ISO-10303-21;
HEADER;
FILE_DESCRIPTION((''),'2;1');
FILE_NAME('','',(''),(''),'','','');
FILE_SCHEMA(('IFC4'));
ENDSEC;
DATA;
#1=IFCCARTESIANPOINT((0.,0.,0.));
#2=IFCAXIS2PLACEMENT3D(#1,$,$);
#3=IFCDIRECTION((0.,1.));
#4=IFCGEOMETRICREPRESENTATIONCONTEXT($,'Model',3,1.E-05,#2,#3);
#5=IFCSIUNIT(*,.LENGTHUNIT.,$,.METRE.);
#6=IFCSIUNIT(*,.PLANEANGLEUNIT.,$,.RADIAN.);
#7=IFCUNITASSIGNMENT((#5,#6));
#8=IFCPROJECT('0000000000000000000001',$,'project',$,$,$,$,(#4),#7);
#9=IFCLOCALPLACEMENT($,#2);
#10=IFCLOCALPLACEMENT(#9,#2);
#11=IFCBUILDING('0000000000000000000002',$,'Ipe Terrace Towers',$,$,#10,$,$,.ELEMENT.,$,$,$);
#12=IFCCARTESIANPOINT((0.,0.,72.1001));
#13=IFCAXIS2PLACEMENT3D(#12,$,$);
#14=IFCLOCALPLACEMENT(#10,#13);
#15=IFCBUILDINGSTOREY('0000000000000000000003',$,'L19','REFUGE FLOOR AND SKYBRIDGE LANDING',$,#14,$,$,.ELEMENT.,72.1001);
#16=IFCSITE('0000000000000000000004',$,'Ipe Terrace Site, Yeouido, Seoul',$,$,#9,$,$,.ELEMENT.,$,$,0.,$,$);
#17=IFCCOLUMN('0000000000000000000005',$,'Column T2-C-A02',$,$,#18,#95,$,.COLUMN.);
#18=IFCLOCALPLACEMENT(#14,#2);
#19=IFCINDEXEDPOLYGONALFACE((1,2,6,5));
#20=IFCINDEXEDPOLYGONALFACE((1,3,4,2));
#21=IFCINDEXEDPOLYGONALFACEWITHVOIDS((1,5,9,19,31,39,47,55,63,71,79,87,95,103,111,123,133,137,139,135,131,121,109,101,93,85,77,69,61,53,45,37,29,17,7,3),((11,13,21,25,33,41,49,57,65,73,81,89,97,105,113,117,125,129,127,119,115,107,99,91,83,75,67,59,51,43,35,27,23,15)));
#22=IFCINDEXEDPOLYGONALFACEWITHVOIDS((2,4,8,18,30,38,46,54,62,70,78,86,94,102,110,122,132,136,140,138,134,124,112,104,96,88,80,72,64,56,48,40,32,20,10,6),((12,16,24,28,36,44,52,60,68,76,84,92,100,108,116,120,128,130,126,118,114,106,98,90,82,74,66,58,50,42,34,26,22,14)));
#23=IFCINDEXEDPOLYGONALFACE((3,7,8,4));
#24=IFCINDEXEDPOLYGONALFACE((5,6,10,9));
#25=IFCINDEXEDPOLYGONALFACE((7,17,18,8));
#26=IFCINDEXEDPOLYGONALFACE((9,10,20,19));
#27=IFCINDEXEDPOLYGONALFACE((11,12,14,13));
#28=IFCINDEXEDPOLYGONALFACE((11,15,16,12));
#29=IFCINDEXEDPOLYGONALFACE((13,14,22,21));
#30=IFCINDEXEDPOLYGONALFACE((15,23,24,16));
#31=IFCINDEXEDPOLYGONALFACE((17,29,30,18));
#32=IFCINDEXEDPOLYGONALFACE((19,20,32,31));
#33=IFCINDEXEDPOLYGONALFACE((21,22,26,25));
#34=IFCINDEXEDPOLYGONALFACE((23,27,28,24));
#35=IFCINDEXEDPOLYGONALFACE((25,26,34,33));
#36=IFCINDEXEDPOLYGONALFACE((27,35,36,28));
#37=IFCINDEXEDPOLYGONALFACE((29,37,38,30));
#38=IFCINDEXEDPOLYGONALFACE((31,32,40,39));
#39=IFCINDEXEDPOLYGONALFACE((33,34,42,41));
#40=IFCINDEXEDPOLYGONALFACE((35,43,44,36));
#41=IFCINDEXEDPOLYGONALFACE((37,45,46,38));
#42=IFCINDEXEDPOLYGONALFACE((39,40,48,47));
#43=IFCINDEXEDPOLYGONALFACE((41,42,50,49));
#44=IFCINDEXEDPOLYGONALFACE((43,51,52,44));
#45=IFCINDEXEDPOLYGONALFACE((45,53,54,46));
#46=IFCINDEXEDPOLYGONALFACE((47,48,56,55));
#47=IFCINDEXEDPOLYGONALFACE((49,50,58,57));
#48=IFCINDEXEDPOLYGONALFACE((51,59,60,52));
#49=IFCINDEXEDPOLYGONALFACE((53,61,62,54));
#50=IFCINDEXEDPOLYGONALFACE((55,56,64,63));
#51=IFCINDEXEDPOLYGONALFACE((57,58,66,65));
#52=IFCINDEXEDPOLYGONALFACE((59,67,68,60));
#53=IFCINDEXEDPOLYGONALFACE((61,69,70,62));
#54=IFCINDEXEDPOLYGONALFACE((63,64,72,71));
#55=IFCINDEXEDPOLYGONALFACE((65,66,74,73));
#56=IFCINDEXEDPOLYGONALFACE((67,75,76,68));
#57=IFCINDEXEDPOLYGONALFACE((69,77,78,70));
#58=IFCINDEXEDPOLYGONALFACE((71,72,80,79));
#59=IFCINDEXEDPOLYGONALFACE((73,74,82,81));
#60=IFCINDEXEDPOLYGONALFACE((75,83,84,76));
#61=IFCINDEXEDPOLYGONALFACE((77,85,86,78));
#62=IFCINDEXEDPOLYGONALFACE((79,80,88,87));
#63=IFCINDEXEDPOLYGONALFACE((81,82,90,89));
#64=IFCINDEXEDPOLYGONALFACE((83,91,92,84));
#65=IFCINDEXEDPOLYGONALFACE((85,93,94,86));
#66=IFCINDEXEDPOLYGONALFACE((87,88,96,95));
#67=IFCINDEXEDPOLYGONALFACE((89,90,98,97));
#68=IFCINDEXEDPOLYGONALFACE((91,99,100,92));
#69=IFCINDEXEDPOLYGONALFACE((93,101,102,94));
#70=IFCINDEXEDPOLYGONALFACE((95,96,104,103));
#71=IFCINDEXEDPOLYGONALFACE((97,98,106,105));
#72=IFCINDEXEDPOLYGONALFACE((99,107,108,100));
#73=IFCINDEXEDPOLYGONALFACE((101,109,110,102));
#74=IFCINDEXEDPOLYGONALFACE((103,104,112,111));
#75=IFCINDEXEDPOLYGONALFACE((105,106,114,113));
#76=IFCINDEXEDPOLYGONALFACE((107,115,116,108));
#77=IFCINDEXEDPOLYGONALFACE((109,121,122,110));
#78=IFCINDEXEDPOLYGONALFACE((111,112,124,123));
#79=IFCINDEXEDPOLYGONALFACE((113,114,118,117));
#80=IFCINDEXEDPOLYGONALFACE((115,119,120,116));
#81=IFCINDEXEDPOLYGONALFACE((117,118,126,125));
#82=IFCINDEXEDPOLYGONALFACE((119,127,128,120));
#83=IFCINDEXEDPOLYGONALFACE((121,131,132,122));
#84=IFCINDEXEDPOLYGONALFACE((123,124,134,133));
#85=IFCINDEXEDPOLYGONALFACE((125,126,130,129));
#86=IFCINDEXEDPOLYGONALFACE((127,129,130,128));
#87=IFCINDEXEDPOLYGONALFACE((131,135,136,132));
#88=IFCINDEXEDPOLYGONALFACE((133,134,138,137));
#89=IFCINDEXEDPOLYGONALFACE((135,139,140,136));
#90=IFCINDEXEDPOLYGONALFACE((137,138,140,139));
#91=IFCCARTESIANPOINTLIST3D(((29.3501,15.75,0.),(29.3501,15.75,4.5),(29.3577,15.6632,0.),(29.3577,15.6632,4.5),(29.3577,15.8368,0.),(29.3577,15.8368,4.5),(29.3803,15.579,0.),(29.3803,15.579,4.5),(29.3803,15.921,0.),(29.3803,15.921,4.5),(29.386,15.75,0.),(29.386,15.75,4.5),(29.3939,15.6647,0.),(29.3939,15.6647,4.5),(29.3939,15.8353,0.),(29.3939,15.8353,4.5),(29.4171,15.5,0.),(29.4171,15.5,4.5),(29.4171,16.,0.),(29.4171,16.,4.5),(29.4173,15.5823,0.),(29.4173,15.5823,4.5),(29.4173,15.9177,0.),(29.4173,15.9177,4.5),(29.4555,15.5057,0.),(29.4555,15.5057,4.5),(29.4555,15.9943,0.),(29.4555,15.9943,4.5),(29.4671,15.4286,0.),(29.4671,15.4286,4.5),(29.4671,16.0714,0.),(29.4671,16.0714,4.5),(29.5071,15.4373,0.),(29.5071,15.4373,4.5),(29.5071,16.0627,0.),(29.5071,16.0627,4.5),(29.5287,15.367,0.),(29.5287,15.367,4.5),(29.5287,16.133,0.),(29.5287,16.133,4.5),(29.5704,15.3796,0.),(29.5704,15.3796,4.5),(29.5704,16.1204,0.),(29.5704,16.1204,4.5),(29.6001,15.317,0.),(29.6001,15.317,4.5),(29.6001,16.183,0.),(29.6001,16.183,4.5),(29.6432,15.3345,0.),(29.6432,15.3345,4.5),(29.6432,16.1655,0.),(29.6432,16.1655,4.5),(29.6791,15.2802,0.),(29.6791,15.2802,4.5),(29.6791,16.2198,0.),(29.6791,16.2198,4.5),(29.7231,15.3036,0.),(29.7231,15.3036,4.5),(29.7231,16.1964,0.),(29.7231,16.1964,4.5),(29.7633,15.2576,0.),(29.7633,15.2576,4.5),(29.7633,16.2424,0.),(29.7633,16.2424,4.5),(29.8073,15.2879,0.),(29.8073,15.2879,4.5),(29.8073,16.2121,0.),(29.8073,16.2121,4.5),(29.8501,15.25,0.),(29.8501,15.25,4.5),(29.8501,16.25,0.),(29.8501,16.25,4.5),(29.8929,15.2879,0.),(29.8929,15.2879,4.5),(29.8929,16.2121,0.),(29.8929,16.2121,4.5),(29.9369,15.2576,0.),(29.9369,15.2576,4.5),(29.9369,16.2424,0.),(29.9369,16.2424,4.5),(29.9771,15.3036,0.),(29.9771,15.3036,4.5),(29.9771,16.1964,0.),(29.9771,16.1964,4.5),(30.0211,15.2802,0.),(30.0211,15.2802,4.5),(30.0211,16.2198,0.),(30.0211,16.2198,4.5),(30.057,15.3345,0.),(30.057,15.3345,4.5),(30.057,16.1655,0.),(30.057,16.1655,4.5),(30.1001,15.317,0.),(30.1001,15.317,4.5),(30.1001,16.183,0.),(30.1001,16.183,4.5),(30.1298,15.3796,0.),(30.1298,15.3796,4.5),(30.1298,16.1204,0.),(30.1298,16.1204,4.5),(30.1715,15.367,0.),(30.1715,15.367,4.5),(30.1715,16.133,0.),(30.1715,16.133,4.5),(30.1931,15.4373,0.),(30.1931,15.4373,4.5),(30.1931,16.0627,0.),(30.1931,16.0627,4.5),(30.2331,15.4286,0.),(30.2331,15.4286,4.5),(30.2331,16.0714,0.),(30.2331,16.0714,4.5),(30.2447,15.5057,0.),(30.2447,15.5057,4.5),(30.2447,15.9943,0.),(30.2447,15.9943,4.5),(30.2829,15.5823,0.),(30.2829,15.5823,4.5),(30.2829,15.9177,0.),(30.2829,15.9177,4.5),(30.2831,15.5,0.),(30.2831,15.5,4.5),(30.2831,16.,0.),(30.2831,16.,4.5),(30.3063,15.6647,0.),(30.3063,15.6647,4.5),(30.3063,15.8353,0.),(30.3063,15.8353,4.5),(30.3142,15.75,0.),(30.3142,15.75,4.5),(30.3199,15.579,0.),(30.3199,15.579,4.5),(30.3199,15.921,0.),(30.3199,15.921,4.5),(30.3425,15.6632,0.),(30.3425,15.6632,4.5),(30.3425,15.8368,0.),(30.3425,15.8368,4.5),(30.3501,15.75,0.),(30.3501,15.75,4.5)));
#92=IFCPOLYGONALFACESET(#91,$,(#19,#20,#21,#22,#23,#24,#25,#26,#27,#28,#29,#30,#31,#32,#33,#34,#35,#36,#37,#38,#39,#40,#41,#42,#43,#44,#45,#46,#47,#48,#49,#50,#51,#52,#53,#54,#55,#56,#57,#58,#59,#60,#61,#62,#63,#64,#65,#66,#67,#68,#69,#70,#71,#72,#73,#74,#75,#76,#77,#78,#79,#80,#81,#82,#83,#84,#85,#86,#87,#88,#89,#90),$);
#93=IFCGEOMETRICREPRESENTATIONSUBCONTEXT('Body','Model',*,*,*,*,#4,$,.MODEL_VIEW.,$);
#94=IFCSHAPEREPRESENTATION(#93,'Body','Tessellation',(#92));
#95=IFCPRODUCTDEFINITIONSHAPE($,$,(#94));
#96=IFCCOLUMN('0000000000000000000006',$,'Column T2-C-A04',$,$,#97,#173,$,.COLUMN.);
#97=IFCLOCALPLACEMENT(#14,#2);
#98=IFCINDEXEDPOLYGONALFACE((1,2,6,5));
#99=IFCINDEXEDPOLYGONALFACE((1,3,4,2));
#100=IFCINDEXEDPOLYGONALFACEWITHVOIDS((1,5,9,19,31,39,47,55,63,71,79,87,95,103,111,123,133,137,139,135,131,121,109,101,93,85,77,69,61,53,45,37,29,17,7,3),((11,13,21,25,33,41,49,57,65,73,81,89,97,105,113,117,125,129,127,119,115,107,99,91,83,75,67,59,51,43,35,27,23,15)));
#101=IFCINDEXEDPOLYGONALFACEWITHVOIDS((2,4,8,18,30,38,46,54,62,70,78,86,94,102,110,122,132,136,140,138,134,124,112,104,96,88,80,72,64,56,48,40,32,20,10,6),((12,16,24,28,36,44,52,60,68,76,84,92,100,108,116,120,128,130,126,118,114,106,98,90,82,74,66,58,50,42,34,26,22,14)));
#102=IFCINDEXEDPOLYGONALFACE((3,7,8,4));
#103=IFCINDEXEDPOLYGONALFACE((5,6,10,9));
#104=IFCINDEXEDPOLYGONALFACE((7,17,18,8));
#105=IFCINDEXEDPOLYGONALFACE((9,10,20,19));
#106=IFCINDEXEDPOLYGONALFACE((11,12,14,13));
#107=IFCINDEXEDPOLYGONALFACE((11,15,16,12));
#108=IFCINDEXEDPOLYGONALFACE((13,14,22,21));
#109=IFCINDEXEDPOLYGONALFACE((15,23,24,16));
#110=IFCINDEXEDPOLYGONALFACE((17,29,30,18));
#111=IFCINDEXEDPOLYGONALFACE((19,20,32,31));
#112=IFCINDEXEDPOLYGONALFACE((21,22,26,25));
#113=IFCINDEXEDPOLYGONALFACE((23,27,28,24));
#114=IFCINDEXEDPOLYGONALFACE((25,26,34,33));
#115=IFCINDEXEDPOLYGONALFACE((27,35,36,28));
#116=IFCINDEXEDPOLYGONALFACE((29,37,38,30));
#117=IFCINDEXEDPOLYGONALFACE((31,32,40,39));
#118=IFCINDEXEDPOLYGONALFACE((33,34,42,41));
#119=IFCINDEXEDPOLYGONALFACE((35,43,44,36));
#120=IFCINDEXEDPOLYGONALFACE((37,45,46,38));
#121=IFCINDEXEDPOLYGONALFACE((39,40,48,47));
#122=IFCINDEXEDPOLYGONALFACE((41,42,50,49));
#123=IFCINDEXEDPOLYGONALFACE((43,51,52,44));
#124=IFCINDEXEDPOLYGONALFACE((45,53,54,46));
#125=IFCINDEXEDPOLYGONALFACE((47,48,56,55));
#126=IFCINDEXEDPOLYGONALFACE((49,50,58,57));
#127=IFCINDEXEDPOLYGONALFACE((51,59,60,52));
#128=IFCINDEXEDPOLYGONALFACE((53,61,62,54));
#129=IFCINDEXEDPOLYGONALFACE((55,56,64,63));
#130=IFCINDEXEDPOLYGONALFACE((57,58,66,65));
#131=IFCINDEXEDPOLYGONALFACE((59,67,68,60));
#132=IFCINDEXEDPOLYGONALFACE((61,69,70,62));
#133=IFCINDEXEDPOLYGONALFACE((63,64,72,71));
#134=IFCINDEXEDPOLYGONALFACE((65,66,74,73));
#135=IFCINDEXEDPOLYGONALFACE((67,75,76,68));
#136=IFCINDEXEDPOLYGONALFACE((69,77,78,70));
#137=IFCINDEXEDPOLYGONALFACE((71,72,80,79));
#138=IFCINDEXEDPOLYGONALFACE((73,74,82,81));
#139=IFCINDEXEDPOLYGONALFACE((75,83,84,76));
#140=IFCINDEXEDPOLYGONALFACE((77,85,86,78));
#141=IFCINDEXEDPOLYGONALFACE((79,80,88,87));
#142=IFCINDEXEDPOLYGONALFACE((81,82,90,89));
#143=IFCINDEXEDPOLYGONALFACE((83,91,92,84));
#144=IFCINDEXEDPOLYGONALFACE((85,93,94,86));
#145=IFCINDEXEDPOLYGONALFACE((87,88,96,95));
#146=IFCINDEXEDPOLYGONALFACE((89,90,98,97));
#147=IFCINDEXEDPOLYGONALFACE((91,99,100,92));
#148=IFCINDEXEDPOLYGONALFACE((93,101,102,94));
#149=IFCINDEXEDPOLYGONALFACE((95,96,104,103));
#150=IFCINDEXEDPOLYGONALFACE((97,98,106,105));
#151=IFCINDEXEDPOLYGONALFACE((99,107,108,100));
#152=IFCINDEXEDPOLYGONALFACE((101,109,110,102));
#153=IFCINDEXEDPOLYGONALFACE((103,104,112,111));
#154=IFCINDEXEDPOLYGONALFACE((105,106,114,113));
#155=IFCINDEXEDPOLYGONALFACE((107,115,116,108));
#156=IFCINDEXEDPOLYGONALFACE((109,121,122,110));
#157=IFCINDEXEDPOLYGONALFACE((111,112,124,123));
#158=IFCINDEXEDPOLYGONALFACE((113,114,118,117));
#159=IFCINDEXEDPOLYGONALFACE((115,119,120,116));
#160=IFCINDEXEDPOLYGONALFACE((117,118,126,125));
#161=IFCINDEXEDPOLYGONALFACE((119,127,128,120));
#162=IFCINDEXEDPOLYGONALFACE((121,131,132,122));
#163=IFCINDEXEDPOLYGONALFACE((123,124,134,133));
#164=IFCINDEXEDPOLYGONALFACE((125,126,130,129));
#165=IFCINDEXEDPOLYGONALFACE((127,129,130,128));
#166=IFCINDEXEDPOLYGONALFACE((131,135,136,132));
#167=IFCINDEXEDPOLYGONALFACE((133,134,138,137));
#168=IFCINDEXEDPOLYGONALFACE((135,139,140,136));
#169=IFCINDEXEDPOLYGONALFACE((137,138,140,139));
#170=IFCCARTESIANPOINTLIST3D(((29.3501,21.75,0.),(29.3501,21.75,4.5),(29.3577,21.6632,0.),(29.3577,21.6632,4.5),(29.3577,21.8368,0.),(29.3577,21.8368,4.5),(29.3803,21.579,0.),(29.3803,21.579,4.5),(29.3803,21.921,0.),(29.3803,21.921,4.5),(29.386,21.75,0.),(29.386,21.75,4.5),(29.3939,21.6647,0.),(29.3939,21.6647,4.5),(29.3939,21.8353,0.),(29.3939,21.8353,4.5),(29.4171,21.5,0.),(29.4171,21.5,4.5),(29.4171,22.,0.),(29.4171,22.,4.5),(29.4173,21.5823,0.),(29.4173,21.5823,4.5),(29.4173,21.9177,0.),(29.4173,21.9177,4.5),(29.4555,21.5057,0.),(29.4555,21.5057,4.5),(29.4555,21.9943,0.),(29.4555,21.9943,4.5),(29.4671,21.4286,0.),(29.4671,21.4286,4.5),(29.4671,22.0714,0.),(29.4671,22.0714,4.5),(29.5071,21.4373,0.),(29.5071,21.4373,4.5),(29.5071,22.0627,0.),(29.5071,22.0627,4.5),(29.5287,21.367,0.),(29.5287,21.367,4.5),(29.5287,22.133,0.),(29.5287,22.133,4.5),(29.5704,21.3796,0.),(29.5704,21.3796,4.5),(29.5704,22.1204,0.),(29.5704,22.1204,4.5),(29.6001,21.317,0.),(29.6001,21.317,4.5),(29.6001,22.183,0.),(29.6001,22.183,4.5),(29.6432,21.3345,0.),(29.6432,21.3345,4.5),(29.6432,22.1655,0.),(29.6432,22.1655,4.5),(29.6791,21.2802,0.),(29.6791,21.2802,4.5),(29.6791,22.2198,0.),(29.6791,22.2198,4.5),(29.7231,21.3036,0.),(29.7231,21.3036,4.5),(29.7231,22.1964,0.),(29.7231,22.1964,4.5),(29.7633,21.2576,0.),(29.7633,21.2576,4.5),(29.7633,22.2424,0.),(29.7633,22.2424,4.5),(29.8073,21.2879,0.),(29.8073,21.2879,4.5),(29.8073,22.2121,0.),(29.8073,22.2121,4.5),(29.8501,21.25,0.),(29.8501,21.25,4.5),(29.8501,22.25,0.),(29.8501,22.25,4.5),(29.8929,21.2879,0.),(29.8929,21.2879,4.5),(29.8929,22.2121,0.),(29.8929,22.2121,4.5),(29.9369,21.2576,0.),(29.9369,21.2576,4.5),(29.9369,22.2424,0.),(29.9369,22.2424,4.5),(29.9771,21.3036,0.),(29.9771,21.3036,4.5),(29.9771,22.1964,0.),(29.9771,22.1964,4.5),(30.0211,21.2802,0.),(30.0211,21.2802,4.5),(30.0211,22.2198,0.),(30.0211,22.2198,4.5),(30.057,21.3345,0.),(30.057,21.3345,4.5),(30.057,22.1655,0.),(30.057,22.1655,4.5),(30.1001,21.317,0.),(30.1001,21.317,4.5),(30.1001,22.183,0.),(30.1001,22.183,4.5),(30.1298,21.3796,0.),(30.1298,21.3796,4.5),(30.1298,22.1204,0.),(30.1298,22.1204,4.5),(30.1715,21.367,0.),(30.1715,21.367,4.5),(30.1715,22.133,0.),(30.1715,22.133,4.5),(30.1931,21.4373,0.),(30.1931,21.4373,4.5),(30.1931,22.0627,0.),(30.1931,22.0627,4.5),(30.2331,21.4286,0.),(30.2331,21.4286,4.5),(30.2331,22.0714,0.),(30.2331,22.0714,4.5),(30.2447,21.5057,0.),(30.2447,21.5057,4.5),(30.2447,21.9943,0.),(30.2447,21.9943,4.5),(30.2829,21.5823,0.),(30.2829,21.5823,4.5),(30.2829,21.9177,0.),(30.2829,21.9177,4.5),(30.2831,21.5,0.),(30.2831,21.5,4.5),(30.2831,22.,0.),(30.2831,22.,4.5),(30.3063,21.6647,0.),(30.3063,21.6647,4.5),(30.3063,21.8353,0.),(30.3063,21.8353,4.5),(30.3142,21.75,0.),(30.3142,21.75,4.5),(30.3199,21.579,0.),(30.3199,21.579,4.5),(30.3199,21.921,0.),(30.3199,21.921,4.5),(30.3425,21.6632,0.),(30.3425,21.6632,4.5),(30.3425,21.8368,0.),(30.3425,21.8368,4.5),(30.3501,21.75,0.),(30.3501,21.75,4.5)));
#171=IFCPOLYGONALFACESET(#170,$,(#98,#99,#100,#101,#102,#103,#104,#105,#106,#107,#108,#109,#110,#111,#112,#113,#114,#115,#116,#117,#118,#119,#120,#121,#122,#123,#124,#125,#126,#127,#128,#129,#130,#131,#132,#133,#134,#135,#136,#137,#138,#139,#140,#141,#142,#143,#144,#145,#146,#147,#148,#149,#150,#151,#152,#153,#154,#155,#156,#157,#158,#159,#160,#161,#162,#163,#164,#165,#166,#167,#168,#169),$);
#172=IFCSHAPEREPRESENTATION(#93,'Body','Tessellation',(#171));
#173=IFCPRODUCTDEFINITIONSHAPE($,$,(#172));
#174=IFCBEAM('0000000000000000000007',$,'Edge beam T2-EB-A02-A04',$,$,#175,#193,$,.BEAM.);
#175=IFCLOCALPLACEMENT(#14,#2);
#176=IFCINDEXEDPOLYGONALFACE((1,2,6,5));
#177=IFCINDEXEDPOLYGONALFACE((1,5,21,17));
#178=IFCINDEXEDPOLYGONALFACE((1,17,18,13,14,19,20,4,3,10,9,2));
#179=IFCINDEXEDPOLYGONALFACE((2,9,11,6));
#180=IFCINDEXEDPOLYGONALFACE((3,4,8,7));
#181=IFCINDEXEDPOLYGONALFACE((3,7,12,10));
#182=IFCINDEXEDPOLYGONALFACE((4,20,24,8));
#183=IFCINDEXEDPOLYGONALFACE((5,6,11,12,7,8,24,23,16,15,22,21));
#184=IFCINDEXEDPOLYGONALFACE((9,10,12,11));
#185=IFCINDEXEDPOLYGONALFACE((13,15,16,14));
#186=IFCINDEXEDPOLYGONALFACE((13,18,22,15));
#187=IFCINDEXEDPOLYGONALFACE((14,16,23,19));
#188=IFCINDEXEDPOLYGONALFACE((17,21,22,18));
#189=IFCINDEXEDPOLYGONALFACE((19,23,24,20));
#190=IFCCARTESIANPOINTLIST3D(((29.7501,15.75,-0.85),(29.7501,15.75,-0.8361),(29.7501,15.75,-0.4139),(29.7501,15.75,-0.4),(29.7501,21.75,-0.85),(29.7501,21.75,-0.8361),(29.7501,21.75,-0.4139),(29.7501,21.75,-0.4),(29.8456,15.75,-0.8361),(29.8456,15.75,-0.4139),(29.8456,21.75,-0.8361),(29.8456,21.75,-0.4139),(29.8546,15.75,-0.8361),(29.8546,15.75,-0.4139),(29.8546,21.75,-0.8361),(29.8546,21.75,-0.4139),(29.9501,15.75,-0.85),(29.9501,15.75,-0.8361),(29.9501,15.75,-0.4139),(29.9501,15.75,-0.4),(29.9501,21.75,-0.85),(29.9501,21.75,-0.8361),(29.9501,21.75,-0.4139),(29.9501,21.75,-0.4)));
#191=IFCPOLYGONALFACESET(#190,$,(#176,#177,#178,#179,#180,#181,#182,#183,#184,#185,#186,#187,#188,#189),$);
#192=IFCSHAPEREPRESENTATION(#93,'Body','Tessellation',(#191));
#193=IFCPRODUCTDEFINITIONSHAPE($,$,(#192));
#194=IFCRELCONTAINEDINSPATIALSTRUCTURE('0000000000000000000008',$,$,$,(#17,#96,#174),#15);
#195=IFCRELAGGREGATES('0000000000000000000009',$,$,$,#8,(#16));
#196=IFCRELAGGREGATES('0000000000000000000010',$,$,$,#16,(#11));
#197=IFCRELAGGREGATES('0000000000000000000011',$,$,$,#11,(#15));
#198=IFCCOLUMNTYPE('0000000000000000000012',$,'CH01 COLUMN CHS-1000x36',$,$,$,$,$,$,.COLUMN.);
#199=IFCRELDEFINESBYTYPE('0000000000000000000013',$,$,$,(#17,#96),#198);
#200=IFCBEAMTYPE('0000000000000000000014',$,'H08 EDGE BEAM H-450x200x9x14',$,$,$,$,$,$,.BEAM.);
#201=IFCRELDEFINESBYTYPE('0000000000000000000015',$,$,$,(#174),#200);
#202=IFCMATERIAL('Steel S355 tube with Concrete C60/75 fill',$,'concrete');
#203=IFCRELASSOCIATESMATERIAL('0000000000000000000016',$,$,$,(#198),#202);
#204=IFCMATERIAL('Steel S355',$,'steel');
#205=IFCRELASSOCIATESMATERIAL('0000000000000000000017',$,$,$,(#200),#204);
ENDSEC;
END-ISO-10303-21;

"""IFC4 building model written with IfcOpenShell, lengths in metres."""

from ifc_helpers import new_model, si_unit, direction, frame, origin, origin_2d, place, context, subcontext, project, spatial, hollow_circle, i_section, extrude, material, material_profile, profile_set, type_object, element, save


model = new_model("IFC4")

# Units and contexts
model_context = context("Model", 3, precision=1e-05, world=origin(), true_north=direction((0.0, 1.0)))
body_context = subcontext(model_context, "Body", "Model", "MODEL_VIEW")
ifc_project = project(units=[si_unit("LENGTHUNIT", "METRE"), si_unit("PLANEANGLEUNIT", "RADIAN")], contexts=[model_context])

# Site, building, storey
site_placement = place(None, origin())
site = spatial("IfcSite", under=ifc_project, at=site_placement, Name="Ipe Terrace Site, Yeouido, Seoul", CompositionType="ELEMENT", RefElevation=0.0)
building_placement = place(site_placement, origin())
building = spatial("IfcBuilding", under=site, at=building_placement, Name="Ipe Terrace Towers", CompositionType="ELEMENT")
storey_placement = place(building_placement, frame((0.0, 0.0, 72.1001)))
storey = spatial("IfcBuildingStorey", under=building, at=storey_placement, Name="L19", Description="REFUGE FLOOR AND SKYBRIDGE LANDING", CompositionType="ELEMENT", Elevation=72.1001)

# Columns
ifc_material_1 = material(Name="Steel S355 tube with Concrete C60/75 fill", Category="concrete")
ifc_material_profile_1 = material_profile(ifc_material_1, hollow_circle(Radius=0.5, WallThickness=0.0359, at=origin_2d()), Name="CHS-1000x36")
ifc_profile_set_1 = profile_set([ifc_material_profile_1], Name="Steel S355 tube with Concrete C60/75 fill")
column_type = type_object("IfcColumnType", Name="CH01 COLUMN CHS-1000x36", PredefinedType="COLUMN", material=ifc_profile_set_1)
for number, where, z_axis, x_axis, name in (
    (1, (29.8501, 15.75, 0.0), (0.0, 0.0, 1.0), (1.0, 0.0, 0.0), "Column T2-C-A02"),
    (2, (29.8501, 21.75, 0.0), (0.0, 0.0, 1.0), (1.0, 0.0, 0.0), "Column T2-C-A04"),
):
    element("IfcColumn", number, at=place(storey_placement, frame(where, z_axis=z_axis, x_axis=x_axis)), inside=storey, type_object=column_type, Name=name, PredefinedType="COLUMN", context=body_context, shape_type="SweptSolid", body=[
        extrude(hollow_circle(Radius=0.5, WallThickness=0.0359, at=origin_2d()), origin(), (0.0, 0.0, 1.0), 4.5),
    ])

# Beam
ifc_material_2 = material(Name="Steel S355", Category="steel")
ifc_material_profile_2 = material_profile(ifc_material_2, i_section(OverallWidth=0.2, OverallDepth=0.45, WebThickness=0.009, FlangeThickness=0.0139, at=origin_2d()), Name="H-450x200x9x14")
ifc_profile_set_2 = profile_set([ifc_material_profile_2], Name="Steel S355")
beam_type = type_object("IfcBeamType", Name="H08 EDGE BEAM H-450x200x9x14", PredefinedType="BEAM", material=ifc_profile_set_2)
beam_placement = place(storey_placement, frame((29.8501, 15.75, -0.625), z_axis=(0.0, 1.0, 0.0), x_axis=(-1.0, 0.0, 0.0)))
element("IfcBeam", 3, at=beam_placement, inside=storey, type_object=beam_type, Name="Edge beam T2-EB-A02-A04", PredefinedType="BEAM", context=body_context, shape_type="SweptSolid", body=[
    extrude(i_section(OverallWidth=0.2, OverallDepth=0.45, WebThickness=0.009, FlangeThickness=0.0139, at=origin_2d()), origin(), (0.0, 0.0, 1.0), 6.0),
])

save(model, "model.ifc")
